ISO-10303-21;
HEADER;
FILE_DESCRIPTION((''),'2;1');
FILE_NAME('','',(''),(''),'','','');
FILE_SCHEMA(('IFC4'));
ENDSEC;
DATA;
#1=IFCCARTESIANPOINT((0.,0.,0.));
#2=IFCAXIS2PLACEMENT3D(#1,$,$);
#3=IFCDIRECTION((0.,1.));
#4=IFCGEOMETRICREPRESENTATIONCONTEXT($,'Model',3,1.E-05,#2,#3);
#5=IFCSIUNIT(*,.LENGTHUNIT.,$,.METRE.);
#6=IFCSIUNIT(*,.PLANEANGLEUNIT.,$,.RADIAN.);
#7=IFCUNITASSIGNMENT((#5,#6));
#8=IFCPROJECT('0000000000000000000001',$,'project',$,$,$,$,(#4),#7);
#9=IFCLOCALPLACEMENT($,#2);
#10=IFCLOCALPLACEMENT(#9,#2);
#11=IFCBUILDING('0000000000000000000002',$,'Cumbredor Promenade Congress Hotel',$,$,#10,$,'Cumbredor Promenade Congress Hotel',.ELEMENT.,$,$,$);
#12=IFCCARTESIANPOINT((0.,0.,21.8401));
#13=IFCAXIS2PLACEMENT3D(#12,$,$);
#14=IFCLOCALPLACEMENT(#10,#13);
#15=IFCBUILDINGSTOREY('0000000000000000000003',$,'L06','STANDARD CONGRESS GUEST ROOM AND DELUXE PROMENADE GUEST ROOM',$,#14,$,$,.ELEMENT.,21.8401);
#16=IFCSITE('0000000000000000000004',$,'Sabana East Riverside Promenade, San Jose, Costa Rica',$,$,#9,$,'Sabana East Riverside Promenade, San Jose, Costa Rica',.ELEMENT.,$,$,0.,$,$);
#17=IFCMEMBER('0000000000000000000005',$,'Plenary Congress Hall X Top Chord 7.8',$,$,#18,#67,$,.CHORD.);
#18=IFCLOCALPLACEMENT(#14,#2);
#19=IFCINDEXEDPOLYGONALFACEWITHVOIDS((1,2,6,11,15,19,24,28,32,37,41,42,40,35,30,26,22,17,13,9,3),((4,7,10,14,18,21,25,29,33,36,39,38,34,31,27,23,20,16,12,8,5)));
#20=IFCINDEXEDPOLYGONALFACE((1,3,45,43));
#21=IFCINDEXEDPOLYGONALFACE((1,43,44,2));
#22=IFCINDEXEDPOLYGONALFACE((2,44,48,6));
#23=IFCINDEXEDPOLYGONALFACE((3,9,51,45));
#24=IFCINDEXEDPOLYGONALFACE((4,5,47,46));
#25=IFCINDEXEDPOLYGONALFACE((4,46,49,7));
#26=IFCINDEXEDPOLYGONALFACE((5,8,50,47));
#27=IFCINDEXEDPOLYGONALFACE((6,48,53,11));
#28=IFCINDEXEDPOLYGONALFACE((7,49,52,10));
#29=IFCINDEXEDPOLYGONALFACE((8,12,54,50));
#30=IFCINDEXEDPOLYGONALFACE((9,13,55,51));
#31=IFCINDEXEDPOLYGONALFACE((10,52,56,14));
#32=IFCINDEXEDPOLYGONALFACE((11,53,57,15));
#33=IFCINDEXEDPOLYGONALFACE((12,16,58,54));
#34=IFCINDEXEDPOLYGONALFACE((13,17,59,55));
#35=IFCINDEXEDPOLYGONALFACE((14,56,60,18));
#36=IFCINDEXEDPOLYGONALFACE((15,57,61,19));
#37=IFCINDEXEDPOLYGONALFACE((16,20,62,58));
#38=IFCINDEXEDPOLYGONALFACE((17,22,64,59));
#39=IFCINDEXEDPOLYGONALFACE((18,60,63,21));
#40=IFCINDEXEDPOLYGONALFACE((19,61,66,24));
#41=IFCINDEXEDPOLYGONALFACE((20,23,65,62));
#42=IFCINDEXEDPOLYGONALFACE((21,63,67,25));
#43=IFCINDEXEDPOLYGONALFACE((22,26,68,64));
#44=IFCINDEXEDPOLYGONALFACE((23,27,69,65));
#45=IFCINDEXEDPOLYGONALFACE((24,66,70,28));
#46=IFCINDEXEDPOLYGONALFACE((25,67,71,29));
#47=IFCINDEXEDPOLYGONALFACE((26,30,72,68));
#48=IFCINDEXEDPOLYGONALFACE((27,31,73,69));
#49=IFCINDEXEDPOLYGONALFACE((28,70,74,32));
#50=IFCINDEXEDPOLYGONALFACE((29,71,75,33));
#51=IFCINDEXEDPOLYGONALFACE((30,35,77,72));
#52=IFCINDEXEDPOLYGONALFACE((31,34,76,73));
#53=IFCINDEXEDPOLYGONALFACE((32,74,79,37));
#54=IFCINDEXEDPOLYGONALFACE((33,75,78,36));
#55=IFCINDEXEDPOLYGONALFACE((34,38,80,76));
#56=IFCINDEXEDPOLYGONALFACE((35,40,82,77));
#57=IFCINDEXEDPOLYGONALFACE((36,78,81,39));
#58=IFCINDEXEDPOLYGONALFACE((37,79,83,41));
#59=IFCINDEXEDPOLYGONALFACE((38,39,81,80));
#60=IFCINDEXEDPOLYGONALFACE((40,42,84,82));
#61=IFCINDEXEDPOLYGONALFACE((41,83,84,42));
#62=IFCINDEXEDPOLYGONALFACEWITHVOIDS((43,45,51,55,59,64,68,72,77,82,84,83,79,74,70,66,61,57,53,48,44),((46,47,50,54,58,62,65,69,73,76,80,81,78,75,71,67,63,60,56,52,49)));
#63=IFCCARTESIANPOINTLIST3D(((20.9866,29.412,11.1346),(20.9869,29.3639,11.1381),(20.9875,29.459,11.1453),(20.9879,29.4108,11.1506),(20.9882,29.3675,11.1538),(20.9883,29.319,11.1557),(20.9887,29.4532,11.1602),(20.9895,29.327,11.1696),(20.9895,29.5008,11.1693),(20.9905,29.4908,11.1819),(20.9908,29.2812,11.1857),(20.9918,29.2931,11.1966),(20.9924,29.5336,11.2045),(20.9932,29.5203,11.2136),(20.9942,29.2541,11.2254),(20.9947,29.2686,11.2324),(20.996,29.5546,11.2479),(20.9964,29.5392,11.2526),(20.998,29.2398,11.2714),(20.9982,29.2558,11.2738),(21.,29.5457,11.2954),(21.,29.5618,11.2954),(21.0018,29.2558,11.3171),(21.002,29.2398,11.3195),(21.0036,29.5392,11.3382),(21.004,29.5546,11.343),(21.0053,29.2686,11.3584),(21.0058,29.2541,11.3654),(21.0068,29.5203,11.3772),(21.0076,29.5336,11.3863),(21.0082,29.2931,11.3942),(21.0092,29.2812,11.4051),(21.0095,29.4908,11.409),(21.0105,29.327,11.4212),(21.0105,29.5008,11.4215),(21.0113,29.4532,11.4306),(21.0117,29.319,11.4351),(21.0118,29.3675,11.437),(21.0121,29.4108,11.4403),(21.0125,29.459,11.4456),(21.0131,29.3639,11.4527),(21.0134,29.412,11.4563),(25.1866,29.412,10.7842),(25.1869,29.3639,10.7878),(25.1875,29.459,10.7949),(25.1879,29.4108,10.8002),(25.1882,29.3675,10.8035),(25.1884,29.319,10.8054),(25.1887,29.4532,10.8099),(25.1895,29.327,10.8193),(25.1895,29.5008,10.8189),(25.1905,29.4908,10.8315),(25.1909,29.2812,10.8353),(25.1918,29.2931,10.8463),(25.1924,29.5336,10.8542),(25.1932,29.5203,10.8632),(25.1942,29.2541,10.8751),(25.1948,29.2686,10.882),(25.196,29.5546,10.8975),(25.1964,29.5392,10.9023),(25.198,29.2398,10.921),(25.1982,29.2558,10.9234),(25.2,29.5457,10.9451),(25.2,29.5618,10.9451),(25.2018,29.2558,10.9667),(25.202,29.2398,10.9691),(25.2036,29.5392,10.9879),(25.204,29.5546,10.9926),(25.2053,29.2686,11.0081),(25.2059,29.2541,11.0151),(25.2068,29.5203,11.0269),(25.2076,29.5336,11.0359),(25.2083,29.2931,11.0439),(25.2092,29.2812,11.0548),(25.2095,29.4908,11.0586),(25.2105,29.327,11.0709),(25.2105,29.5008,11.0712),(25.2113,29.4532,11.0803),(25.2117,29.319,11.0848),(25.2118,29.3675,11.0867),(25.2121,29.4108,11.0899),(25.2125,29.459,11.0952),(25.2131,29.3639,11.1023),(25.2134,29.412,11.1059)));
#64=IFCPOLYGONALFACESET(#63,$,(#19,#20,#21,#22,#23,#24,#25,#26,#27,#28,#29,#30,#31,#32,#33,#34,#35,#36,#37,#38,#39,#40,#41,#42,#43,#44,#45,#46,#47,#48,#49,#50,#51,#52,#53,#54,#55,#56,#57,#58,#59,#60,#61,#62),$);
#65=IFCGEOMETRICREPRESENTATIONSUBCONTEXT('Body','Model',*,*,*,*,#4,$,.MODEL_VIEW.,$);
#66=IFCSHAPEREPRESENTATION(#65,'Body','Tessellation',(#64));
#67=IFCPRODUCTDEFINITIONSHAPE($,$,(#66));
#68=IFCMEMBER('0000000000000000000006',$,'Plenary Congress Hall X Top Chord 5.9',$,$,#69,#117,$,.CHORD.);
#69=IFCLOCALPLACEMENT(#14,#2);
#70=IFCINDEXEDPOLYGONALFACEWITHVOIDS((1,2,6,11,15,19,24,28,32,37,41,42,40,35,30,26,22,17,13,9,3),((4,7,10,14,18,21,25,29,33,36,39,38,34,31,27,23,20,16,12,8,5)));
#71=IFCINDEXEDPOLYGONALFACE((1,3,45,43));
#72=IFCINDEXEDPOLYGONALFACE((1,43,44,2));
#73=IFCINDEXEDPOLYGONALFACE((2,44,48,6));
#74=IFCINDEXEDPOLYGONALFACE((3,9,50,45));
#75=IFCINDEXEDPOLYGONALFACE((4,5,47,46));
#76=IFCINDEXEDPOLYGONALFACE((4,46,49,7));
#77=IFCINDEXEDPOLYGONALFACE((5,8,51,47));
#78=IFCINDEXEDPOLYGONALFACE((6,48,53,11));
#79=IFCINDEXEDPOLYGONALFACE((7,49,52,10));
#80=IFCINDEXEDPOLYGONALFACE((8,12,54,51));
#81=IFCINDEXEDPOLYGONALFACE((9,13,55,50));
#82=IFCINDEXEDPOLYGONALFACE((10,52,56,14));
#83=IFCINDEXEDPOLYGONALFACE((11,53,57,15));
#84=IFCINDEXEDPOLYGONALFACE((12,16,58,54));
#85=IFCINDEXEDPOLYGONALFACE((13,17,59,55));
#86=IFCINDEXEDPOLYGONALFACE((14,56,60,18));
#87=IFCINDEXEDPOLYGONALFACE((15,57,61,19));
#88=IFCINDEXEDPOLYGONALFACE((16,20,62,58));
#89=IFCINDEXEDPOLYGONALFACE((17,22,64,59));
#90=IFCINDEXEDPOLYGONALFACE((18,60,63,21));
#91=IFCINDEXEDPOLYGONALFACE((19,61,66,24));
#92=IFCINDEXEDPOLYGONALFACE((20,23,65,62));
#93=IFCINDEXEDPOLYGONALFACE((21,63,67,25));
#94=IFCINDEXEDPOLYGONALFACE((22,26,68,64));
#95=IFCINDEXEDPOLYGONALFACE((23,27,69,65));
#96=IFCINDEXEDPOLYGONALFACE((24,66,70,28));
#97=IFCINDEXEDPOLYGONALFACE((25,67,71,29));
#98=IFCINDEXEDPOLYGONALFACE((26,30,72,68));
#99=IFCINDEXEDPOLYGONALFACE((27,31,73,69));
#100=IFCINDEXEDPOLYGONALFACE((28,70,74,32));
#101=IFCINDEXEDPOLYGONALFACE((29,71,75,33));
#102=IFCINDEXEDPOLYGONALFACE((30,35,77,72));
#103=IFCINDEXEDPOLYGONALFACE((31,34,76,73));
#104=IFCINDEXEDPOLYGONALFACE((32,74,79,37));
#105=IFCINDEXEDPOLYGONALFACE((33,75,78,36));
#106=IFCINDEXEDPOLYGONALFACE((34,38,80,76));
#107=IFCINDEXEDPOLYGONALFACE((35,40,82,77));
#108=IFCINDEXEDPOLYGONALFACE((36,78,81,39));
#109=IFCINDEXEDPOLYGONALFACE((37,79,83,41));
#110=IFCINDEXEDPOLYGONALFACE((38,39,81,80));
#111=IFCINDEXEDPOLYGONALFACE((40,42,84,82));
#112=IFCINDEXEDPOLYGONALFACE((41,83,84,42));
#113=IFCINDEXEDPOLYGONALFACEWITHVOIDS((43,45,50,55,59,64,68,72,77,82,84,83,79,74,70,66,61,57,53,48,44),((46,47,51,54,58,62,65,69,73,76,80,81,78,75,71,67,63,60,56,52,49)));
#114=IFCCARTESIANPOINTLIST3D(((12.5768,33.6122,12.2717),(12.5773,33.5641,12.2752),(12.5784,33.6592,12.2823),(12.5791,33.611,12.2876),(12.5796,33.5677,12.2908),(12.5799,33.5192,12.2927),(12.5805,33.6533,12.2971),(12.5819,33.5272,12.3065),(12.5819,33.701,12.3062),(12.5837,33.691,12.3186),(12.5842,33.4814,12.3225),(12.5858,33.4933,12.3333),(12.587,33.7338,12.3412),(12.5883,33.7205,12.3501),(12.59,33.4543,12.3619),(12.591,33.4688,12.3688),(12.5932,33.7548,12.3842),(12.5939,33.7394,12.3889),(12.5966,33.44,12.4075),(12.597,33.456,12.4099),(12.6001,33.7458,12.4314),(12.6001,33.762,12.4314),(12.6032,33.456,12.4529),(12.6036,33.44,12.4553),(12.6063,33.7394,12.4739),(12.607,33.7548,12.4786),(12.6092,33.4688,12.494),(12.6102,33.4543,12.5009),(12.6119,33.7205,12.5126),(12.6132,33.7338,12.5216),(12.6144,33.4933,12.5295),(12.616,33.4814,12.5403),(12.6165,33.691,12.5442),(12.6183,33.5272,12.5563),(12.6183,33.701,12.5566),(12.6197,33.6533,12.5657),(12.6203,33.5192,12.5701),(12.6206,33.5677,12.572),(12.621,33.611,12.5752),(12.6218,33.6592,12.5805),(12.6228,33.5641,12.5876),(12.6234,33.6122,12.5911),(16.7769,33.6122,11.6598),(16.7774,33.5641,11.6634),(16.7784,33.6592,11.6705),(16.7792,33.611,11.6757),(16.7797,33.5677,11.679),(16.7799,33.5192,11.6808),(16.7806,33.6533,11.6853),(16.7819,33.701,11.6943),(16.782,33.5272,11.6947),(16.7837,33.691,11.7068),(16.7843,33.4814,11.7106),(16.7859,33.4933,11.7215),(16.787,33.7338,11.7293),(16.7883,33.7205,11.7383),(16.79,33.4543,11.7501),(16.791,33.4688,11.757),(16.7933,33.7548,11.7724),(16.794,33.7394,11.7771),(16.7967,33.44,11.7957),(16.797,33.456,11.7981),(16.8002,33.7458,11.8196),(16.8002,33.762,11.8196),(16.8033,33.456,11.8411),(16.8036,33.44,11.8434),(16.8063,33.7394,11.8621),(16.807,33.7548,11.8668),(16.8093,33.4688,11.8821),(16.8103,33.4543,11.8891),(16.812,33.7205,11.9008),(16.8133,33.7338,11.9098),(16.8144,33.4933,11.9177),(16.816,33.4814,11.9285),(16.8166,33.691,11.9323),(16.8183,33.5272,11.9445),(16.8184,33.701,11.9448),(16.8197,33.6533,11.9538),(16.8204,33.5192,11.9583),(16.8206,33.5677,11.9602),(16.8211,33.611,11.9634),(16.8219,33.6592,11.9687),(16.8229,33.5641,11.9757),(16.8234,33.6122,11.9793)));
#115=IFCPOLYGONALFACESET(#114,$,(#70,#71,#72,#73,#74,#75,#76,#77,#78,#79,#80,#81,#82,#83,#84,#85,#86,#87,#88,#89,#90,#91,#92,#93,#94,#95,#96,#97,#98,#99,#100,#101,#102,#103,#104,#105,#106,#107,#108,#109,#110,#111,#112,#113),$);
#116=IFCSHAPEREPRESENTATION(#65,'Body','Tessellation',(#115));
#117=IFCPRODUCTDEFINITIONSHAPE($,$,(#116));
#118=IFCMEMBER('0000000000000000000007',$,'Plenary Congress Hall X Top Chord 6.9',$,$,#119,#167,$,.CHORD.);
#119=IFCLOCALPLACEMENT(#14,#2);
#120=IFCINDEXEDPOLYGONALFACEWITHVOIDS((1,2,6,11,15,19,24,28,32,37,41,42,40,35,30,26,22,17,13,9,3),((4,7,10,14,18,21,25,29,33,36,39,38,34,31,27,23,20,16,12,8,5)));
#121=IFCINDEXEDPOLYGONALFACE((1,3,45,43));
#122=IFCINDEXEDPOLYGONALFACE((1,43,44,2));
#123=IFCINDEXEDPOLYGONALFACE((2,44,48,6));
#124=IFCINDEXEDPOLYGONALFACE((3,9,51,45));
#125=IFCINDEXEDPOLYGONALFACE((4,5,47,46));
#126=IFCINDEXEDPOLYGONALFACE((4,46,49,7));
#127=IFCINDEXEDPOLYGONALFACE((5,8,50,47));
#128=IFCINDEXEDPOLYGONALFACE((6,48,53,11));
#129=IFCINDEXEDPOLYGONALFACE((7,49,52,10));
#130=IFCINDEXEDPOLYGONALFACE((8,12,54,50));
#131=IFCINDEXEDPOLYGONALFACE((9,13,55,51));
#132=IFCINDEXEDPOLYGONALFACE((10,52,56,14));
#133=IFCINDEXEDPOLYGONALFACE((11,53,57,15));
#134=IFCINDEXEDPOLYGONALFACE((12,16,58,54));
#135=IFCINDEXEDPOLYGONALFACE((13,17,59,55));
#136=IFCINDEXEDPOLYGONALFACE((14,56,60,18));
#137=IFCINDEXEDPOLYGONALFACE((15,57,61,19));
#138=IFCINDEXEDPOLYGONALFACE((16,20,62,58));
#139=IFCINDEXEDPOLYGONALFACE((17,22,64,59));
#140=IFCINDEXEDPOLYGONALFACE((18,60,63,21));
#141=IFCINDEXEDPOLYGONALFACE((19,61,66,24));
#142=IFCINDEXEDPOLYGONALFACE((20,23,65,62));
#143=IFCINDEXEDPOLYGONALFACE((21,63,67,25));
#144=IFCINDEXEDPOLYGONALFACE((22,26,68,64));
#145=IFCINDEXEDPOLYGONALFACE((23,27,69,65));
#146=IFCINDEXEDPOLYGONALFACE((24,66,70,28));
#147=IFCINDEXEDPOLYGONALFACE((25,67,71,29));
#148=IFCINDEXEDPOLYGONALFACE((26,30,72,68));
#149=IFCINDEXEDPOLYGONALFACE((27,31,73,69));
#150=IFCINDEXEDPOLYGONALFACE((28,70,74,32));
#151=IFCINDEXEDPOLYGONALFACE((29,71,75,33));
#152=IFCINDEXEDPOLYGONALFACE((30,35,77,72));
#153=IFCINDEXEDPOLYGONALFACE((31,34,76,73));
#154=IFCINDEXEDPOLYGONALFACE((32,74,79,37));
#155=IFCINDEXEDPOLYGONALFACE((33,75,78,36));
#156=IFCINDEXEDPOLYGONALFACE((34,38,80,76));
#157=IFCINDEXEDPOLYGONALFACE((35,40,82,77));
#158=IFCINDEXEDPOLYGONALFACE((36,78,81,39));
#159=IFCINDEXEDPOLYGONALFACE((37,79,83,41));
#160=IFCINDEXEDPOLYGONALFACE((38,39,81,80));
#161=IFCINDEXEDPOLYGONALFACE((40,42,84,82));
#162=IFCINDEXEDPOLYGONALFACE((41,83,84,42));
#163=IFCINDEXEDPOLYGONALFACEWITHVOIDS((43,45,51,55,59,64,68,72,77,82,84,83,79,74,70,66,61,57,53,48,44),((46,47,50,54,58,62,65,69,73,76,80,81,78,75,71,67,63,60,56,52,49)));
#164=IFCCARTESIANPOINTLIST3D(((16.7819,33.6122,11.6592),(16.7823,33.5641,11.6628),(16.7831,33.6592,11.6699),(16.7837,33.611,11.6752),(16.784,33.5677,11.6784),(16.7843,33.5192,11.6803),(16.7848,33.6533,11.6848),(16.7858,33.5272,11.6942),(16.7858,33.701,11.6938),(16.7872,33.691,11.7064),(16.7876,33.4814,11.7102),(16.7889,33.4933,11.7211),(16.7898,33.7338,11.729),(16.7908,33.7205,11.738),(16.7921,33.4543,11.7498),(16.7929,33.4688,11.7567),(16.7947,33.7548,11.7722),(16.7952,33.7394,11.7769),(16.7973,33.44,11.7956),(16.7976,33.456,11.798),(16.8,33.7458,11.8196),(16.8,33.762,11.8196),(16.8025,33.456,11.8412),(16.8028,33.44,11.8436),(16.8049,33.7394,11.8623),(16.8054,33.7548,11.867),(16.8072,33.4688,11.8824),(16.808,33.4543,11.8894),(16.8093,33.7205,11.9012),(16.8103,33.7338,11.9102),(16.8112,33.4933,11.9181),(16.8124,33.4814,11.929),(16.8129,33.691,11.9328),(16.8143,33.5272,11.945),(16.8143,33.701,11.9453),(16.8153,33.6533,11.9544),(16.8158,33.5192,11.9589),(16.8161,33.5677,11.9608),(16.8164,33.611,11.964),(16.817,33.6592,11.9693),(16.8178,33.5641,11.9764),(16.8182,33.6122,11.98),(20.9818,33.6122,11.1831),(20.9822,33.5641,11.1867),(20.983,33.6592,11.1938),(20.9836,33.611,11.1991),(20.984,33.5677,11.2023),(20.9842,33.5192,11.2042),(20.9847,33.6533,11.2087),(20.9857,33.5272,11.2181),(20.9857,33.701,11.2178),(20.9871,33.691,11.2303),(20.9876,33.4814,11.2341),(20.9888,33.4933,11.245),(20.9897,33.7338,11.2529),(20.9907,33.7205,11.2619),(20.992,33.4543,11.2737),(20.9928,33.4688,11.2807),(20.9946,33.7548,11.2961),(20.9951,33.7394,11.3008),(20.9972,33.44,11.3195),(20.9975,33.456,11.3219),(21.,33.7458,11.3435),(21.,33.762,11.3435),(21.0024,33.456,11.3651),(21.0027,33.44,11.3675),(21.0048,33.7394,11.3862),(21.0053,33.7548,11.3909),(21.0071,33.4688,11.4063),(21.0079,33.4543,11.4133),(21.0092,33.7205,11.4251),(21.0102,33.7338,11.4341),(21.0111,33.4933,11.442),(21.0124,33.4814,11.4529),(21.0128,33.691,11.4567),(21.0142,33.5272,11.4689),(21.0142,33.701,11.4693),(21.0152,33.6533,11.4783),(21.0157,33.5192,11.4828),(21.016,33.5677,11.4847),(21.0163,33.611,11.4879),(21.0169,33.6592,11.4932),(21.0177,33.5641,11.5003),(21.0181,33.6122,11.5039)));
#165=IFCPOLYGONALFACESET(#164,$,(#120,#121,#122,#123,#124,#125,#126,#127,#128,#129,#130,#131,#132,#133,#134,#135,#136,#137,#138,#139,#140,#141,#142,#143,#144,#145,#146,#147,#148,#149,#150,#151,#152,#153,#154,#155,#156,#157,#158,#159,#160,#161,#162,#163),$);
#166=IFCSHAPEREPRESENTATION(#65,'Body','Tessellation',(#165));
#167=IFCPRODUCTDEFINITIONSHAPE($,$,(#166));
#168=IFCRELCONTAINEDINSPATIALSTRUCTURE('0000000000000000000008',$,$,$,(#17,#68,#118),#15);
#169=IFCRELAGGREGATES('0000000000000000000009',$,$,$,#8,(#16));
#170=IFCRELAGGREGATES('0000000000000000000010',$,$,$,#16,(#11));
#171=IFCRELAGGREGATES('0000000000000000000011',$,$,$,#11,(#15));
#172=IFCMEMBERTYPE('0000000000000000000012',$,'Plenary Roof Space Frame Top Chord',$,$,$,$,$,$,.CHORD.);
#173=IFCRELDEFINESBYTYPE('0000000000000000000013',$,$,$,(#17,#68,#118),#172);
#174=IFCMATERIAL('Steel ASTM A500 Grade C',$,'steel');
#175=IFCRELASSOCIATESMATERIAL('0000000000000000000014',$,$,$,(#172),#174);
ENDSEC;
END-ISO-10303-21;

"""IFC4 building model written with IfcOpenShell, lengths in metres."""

from ifc_helpers import new_model, si_unit, direction, frame, origin, origin_2d, place, context, subcontext, project, spatial, hollow_circle, extrude, material, material_profile, profile_set, type_object, element, save


model = new_model("IFC4")

# Units and contexts
model_context = context("Model", 3, precision=1e-05, world=origin(), true_north=direction((0.0, 1.0)))
body_context = subcontext(model_context, "Body", "Model", "MODEL_VIEW")
ifc_project = project(units=[si_unit("LENGTHUNIT", "METRE"), si_unit("PLANEANGLEUNIT", "RADIAN")], contexts=[model_context])

# Site, building, storey
site_placement = place(None, origin())
site = spatial("IfcSite", under=ifc_project, at=site_placement, Name="Sabana East Riverside Promenade, San Jose, Costa Rica", LongName="Sabana East Riverside Promenade, San Jose, Costa Rica", CompositionType="ELEMENT", RefElevation=0.0)
building_placement = place(site_placement, origin())
building = spatial("IfcBuilding", under=site, at=building_placement, Name="Cumbredor Promenade Congress Hotel", LongName="Cumbredor Promenade Congress Hotel", CompositionType="ELEMENT")
storey_placement = place(building_placement, frame((0.0, 0.0, 21.8401)))
storey = spatial("IfcBuildingStorey", under=building, at=storey_placement, Name="L06", Description="STANDARD CONGRESS GUEST ROOM AND DELUXE PROMENADE GUEST ROOM", CompositionType="ELEMENT", Elevation=21.8401)

# Members
ifc_material_1 = material(Name="Steel ASTM A500 Grade C", Category="steel")
ifc_material_profile_1 = material_profile(ifc_material_1, hollow_circle(Radius=0.1619, WallThickness=0.0161, at=origin_2d()), Name="CHS 323.9x16")
ifc_profile_set_1 = profile_set([ifc_material_profile_1], Name="Steel ASTM A500 Grade C")
member_type_1 = type_object("IfcMemberType", Name="Plenary Roof Space Frame Top Chord", PredefinedType="CHORD", material=ifc_profile_set_1)
member_1_placement = place(storey_placement, frame((21.0, 29.3999, 11.2954), z_axis=(0.996539, 0.0, -0.083127), x_axis=(0.0, 1.0, 0.0)))
element("IfcMember", 1, at=member_1_placement, inside=storey, type_object=member_type_1, Name="Plenary Congress Hall X Top Chord 7.8", PredefinedType="CHORD", context=body_context, shape_type="SweptSolid", body=[
    extrude(hollow_circle(Radius=0.1619, WallThickness=0.0161, at=origin_2d()), origin(), (0.0, 0.0, 1.0), 4.2146),
])
member_2_placement = place(storey_placement, frame((12.6001, 33.6001, 12.4314), z_axis=(0.989556, 0.0, -0.144151), x_axis=(0.0, 1.0, 0.0)))
element("IfcMember", 2, at=member_2_placement, inside=storey, type_object=member_type_1, Name="Plenary Congress Hall X Top Chord 5.9", PredefinedType="CHORD", context=body_context, shape_type="SweptSolid", body=[
    extrude(hollow_circle(Radius=0.1619, WallThickness=0.0161, at=origin_2d()), origin(), (0.0, 0.0, 1.0), 4.2444),
])
member_3_placement = place(storey_placement, frame((16.8, 33.6001, 11.8196), z_axis=(0.993637, 0.0, -0.112631), x_axis=(0.0, 1.0, 0.0)))
element("IfcMember", 3, at=member_3_placement, inside=storey, type_object=member_type_1, Name="Plenary Congress Hall X Top Chord 6.9", PredefinedType="CHORD", context=body_context, shape_type="SweptSolid", body=[
    extrude(hollow_circle(Radius=0.1619, WallThickness=0.0161, at=origin_2d()), origin(), (0.0, 0.0, 1.0), 4.2268),
])

save(model, "model.ifc")
